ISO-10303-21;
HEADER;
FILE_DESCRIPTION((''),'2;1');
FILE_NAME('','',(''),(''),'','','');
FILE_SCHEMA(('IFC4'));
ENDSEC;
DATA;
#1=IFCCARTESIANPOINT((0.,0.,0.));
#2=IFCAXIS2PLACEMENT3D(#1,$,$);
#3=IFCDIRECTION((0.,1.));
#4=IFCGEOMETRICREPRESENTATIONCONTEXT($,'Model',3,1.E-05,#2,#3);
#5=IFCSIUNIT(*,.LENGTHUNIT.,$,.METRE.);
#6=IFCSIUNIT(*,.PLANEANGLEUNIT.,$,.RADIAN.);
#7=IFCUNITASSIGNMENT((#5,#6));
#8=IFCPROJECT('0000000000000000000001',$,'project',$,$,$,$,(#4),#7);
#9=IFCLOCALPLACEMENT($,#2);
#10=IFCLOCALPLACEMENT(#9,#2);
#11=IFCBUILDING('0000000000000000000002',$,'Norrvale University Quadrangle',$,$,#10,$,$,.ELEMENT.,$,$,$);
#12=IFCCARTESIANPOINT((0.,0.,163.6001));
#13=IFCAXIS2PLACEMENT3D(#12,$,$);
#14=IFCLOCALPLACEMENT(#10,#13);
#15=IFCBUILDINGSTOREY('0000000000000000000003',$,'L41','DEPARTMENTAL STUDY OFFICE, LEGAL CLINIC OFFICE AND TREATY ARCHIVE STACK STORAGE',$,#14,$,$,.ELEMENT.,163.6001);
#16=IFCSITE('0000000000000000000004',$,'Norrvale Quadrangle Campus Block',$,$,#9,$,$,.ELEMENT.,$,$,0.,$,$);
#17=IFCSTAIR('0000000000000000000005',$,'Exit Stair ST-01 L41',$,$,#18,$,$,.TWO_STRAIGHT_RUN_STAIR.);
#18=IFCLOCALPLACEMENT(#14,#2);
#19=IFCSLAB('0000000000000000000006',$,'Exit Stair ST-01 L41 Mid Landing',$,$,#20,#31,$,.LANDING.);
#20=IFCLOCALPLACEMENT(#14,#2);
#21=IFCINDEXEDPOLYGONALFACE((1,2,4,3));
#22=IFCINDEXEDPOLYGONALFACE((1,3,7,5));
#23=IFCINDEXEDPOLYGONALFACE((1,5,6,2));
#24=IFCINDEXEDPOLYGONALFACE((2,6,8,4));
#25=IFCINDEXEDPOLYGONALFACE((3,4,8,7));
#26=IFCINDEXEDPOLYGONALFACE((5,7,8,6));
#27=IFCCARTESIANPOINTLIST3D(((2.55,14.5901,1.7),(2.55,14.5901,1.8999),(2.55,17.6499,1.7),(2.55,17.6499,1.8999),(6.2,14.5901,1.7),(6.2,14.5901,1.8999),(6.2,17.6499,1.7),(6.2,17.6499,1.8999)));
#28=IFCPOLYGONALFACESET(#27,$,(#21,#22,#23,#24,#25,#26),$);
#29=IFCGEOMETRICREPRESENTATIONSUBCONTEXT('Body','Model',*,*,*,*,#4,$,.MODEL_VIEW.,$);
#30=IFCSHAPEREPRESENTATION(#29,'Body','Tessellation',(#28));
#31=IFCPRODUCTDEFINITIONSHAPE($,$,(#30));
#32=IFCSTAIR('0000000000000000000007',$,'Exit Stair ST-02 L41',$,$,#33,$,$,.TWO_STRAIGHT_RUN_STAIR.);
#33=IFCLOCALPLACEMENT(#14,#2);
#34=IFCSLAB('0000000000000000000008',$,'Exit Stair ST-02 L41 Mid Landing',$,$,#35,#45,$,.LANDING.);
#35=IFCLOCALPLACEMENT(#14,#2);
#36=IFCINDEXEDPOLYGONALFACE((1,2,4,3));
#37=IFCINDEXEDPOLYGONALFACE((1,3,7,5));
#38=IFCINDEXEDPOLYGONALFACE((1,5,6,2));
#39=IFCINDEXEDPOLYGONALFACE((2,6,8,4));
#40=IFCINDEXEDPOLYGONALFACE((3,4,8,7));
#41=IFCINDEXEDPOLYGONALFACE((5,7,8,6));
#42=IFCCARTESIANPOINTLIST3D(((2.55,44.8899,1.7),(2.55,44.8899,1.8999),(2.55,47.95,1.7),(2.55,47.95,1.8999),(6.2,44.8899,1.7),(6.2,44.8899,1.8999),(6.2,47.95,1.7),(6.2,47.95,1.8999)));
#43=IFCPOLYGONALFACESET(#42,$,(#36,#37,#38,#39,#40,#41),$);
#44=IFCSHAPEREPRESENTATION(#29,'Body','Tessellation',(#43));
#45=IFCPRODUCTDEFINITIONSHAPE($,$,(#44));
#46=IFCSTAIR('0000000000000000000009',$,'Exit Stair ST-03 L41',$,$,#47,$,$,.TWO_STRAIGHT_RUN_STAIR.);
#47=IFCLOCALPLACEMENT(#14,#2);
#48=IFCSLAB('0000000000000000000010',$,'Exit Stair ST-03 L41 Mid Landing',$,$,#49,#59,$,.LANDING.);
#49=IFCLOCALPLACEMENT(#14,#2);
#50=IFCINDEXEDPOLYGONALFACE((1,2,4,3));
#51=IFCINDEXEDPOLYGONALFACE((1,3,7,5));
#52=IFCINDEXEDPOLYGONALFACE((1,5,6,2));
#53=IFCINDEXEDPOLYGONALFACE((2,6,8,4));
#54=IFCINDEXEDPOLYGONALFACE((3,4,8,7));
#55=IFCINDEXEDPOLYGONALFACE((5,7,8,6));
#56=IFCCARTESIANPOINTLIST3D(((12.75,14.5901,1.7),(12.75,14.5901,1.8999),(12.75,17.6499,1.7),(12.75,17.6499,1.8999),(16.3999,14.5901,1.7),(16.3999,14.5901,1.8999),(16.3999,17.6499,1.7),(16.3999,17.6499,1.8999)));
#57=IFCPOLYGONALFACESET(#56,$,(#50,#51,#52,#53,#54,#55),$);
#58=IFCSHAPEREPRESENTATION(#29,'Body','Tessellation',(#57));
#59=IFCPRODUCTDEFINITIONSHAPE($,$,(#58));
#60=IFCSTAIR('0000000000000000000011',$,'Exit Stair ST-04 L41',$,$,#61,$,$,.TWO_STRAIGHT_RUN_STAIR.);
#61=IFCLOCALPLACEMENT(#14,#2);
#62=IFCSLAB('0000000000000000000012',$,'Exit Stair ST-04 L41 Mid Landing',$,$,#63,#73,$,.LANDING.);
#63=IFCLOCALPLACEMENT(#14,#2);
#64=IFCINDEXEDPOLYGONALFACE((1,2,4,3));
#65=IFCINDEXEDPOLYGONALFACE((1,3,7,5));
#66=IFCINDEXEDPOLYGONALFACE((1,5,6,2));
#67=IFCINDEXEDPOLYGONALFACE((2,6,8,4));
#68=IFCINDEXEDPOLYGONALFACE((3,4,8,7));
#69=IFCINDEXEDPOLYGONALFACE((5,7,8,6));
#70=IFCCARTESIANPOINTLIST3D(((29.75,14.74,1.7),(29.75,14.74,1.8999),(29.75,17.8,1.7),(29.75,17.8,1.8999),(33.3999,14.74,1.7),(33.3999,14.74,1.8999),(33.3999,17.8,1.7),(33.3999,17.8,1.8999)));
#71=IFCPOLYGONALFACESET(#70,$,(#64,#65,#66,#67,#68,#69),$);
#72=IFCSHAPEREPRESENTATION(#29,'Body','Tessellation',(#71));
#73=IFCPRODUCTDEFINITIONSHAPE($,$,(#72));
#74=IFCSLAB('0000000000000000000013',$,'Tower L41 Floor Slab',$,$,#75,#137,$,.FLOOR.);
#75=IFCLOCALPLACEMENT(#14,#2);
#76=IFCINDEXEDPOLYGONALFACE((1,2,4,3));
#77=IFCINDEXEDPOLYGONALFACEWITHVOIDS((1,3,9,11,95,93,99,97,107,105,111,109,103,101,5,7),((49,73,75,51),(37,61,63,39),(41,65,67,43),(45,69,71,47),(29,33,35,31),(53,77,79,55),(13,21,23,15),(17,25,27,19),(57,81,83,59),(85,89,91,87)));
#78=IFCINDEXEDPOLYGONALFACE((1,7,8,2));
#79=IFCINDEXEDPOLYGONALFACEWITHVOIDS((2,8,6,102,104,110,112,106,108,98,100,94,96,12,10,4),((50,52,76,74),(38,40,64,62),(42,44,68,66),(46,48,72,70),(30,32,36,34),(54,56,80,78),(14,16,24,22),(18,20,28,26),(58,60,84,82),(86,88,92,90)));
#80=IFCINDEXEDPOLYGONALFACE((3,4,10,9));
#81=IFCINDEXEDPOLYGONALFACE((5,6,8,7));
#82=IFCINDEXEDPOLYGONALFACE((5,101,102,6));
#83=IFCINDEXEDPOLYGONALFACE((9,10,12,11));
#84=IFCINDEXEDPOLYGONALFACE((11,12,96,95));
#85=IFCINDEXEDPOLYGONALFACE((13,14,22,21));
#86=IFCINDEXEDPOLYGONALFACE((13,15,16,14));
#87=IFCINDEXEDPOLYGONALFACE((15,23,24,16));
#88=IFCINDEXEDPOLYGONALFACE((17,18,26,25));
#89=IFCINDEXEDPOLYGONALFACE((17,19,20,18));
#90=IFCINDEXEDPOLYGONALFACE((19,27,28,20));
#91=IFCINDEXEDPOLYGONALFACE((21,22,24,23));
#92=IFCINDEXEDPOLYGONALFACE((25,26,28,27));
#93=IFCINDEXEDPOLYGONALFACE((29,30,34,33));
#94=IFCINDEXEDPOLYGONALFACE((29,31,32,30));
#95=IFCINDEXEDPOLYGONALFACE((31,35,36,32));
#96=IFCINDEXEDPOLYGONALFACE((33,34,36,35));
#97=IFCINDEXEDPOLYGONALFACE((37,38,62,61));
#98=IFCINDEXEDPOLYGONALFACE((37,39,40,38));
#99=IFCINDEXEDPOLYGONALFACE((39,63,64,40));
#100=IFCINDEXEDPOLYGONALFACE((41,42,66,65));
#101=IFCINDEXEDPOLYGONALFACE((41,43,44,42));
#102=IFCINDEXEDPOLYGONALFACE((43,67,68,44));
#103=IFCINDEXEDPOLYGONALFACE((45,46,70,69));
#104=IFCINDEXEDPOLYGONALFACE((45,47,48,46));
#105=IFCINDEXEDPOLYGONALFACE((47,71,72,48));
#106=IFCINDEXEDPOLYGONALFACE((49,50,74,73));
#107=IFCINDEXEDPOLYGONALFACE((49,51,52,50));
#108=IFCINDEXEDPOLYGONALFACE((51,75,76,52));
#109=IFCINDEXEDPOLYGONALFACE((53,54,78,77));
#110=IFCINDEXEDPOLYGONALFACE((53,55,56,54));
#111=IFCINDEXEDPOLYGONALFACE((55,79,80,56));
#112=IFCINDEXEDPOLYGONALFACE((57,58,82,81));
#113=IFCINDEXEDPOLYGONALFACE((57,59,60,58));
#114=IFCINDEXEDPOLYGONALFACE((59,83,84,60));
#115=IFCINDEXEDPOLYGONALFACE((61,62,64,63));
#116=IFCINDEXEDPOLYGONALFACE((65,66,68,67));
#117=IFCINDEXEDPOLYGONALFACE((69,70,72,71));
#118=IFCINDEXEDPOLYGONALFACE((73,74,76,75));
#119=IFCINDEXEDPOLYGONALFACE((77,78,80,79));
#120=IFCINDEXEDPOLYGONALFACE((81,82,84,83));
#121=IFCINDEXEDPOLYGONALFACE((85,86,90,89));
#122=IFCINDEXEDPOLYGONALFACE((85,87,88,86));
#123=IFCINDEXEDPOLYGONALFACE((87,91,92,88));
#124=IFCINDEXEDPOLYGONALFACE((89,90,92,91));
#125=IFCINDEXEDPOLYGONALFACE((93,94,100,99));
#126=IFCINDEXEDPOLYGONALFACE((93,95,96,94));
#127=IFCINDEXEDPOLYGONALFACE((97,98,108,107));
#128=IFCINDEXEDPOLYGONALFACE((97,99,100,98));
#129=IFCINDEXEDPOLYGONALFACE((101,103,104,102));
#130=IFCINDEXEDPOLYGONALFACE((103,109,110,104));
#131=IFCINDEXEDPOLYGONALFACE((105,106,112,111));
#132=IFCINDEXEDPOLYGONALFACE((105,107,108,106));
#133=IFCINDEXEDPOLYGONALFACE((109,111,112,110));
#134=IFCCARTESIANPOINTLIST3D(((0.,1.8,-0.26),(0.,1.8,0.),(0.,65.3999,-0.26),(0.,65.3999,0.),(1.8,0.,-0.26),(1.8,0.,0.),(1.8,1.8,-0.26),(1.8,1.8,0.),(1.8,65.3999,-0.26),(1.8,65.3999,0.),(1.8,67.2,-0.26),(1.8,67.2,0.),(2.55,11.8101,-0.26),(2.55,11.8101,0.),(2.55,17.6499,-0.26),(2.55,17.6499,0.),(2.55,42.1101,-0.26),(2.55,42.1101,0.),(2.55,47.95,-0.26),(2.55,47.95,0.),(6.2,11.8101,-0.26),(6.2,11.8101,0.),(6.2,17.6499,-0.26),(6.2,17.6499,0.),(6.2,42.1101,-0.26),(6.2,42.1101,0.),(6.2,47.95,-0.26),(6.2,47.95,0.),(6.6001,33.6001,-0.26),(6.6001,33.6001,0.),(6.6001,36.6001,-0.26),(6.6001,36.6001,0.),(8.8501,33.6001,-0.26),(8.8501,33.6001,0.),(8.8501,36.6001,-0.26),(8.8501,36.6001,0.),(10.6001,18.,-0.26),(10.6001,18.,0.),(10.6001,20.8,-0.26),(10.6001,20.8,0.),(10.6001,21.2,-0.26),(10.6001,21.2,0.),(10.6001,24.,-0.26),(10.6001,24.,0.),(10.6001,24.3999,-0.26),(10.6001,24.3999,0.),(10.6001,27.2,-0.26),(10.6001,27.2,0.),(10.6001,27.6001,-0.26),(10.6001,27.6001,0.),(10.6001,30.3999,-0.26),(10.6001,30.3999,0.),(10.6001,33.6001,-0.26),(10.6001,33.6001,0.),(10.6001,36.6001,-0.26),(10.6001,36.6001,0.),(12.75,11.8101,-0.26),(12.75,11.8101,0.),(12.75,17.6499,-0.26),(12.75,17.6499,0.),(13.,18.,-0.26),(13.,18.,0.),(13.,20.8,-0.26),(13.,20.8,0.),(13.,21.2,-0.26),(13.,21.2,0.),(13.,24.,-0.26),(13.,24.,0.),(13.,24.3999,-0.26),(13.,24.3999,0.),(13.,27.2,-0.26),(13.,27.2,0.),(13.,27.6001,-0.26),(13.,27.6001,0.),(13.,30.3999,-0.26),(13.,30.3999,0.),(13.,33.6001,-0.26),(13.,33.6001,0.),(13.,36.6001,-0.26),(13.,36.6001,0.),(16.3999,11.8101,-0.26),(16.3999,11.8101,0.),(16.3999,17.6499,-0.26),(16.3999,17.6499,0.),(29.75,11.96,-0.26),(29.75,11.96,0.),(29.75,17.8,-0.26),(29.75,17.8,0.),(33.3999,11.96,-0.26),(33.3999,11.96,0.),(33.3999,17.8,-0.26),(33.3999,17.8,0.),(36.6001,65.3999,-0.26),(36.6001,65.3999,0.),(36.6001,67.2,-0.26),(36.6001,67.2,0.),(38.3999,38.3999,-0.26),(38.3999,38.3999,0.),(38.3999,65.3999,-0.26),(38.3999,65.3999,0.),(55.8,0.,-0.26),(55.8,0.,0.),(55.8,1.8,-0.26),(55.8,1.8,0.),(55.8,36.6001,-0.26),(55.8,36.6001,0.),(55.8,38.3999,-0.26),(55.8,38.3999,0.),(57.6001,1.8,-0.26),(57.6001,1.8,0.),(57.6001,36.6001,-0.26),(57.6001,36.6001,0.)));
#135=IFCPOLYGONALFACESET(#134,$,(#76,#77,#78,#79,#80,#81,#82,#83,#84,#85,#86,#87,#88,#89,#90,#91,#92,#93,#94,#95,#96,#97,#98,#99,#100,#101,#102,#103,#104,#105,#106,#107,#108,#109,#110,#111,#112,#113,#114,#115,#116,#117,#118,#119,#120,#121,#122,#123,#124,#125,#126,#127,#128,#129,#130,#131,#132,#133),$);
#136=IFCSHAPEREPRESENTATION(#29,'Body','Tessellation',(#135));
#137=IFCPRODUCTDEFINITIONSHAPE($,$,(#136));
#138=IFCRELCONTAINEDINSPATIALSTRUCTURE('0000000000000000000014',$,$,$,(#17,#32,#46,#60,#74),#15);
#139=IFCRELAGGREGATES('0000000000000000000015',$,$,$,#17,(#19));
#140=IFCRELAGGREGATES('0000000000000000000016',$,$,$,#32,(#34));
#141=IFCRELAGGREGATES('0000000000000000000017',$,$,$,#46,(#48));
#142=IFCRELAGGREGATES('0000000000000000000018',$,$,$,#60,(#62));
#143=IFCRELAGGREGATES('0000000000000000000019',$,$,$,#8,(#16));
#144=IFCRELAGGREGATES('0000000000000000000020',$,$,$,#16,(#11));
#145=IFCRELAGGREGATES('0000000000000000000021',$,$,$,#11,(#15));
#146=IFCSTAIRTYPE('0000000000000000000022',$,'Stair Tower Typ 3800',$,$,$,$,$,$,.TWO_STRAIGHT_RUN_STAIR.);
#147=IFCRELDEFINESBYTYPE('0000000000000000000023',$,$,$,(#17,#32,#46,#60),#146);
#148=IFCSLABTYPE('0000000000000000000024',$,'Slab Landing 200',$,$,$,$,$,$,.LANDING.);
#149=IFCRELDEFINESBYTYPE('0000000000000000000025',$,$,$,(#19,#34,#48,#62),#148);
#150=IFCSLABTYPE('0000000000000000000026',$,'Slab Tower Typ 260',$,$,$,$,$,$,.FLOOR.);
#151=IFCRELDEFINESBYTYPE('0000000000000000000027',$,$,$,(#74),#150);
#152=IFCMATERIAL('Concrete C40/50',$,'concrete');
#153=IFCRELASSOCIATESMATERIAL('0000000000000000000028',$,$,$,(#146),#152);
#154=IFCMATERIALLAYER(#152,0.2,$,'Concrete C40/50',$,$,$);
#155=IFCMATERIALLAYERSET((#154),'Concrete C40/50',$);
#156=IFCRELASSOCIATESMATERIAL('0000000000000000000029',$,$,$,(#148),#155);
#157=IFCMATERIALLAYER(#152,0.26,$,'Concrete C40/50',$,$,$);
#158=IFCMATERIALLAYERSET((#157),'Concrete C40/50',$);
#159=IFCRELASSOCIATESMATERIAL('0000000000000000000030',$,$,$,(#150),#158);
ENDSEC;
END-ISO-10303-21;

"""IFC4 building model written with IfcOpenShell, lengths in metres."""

from ifc_helpers import new_model, si_unit, direction, frame, origin, place, context, subcontext, project, spatial, polyline, outline, extrude, material, layer, layer_set, type_object, element, aggregate, save


model = new_model("IFC4")

# Units and contexts
model_context = context("Model", 3, precision=1e-05, world=origin(), true_north=direction((0.0, 1.0)))
body_context = subcontext(model_context, "Body", "Model", "MODEL_VIEW")
ifc_project = project(units=[si_unit("LENGTHUNIT", "METRE"), si_unit("PLANEANGLEUNIT", "RADIAN")], contexts=[model_context])

# Site, building, storey
site_placement = place(None, origin())
site = spatial("IfcSite", under=ifc_project, at=site_placement, Name="Norrvale Quadrangle Campus Block", CompositionType="ELEMENT", RefElevation=0.0)
building_placement = place(site_placement, origin())
building = spatial("IfcBuilding", under=site, at=building_placement, Name="Norrvale University Quadrangle", CompositionType="ELEMENT")
storey_placement = place(building_placement, frame((0.0, 0.0, 163.6001)))
storey = spatial("IfcBuildingStorey", under=building, at=storey_placement, Name="L41", Description="DEPARTMENTAL STUDY OFFICE, LEGAL CLINIC OFFICE AND TREATY ARCHIVE STACK STORAGE", CompositionType="ELEMENT", Elevation=163.6001)

# Stairs, slabs
ifc_material_1 = material(Name="Concrete C40/50", Category="concrete")
stair_type = type_object("IfcStairType", Name="Stair Tower Typ 3800", PredefinedType="TWO_STRAIGHT_RUN_STAIR", material=ifc_material_1)
stair_1_placement = place(storey_placement, origin())
stair_1 = element("IfcStair", 1, at=stair_1_placement, inside=storey, type_object=stair_type, Name="Exit Stair ST-01 L41", PredefinedType="TWO_STRAIGHT_RUN_STAIR")
ifc_layer_1 = layer(ifc_material_1, 0.2, Name="Concrete C40/50")
ifc_layer_set_1 = layer_set([ifc_layer_1], Name="Concrete C40/50")
slab_type_1 = type_object("IfcSlabType", Name="Slab Landing 200", PredefinedType="LANDING", material=ifc_layer_set_1)
slab_1_placement = place(storey_placement, frame((0.0, 0.0, 1.7)))
slab_1 = element("IfcSlab", 2, at=slab_1_placement, type_object=slab_type_1, Name="Exit Stair ST-01 L41 Mid Landing", PredefinedType="LANDING", context=body_context, shape_type="SweptSolid", body=[
    extrude(outline(polyline([(2.55, 14.5901), (6.2, 14.5901), (6.2, 17.6499), (2.55, 17.6499), (2.55, 14.5901)])), origin(), (0.0, 0.0, 1.0), 0.2),
])
aggregate(stair_1, [slab_1])
stair_2_placement = place(storey_placement, origin())
stair_2 = element("IfcStair", 3, at=stair_2_placement, inside=storey, type_object=stair_type, Name="Exit Stair ST-02 L41", PredefinedType="TWO_STRAIGHT_RUN_STAIR")
slab_2_placement = place(storey_placement, frame((0.0, 0.0, 1.7)))
slab_2 = element("IfcSlab", 4, at=slab_2_placement, type_object=slab_type_1, Name="Exit Stair ST-02 L41 Mid Landing", PredefinedType="LANDING", context=body_context, shape_type="SweptSolid", body=[
    extrude(outline(polyline([(2.55, 44.8899), (6.2, 44.8899), (6.2, 47.95), (2.55, 47.95), (2.55, 44.8899)])), origin(), (0.0, 0.0, 1.0), 0.2),
])
aggregate(stair_2, [slab_2])
stair_3_placement = place(storey_placement, origin())
stair_3 = element("IfcStair", 5, at=stair_3_placement, inside=storey, type_object=stair_type, Name="Exit Stair ST-03 L41", PredefinedType="TWO_STRAIGHT_RUN_STAIR")
slab_3_placement = place(storey_placement, frame((0.0, 0.0, 1.7)))
slab_3 = element("IfcSlab", 6, at=slab_3_placement, type_object=slab_type_1, Name="Exit Stair ST-03 L41 Mid Landing", PredefinedType="LANDING", context=body_context, shape_type="SweptSolid", body=[
    extrude(outline(polyline([(12.75, 14.5901), (16.3999, 14.5901), (16.3999, 17.6499), (12.75, 17.6499), (12.75, 14.5901)])), origin(), (0.0, 0.0, 1.0), 0.2),
])
aggregate(stair_3, [slab_3])
stair_4_placement = place(storey_placement, origin())
stair_4 = element("IfcStair", 7, at=stair_4_placement, inside=storey, type_object=stair_type, Name="Exit Stair ST-04 L41", PredefinedType="TWO_STRAIGHT_RUN_STAIR")
slab_4_placement = place(storey_placement, frame((0.0, 0.0, 1.7)))
slab_4 = element("IfcSlab", 8, at=slab_4_placement, type_object=slab_type_1, Name="Exit Stair ST-04 L41 Mid Landing", PredefinedType="LANDING", context=body_context, shape_type="SweptSolid", body=[
    extrude(outline(polyline([(29.75, 14.74), (33.3999, 14.74), (33.3999, 17.8), (29.75, 17.8), (29.75, 14.74)])), origin(), (0.0, 0.0, 1.0), 0.2),
])
aggregate(stair_4, [slab_4])

# Slab
ifc_layer_2 = layer(ifc_material_1, 0.26, Name="Concrete C40/50")
ifc_layer_set_2 = layer_set([ifc_layer_2], Name="Concrete C40/50")
slab_type_2 = type_object("IfcSlabType", Name="Slab Tower Typ 260", PredefinedType="FLOOR", material=ifc_layer_set_2)
slab_5_placement = place(storey_placement, frame((0.0, 0.0, -0.26)))
element("IfcSlab", 9, at=slab_5_placement, inside=storey, type_object=slab_type_2, Name="Tower L41 Floor Slab", PredefinedType="FLOOR", context=body_context, shape_type="SweptSolid", body=[
    extrude(outline(polyline([(1.8, 0.0), (55.8, 0.0), (55.8, 1.8), (57.6001, 1.8), (57.6001, 36.6001), (55.8, 36.6001), (55.8, 38.3999), (38.3999, 38.3999), (38.3999, 65.3999), (36.6001, 65.3999), (36.6001, 67.2), (1.8, 67.2), (1.8, 65.3999), (0.0, 65.3999), (0.0, 1.8), (1.8, 1.8), (1.8, 0.0)]), holes=[polyline([(2.55, 11.8101), (6.2, 11.8101), (6.2, 17.6499), (2.55, 17.6499), (2.55, 11.8101)]), polyline([(2.55, 42.1101), (6.2, 42.1101), (6.2, 47.95), (2.55, 47.95), (2.55, 42.1101)]), polyline([(12.75, 11.8101), (16.3999, 11.8101), (16.3999, 17.6499), (12.75, 17.6499), (12.75, 11.8101)]), polyline([(29.75, 11.96), (33.3999, 11.96), (33.3999, 17.8), (29.75, 17.8), (29.75, 11.96)]), polyline([(10.6001, 18.0), (13.0, 18.0), (13.0, 20.8), (10.6001, 20.8), (10.6001, 18.0)]), polyline([(10.6001, 21.2), (13.0, 21.2), (13.0, 24.0), (10.6001, 24.0), (10.6001, 21.2)]), polyline([(10.6001, 24.3999), (13.0, 24.3999), (13.0, 27.2), (10.6001, 27.2), (10.6001, 24.3999)]), polyline([(10.6001, 27.6001), (13.0, 27.6001), (13.0, 30.3999), (10.6001, 30.3999), (10.6001, 27.6001)]), polyline([(6.6001, 33.6001), (8.8501, 33.6001), (8.8501, 36.6001), (6.6001, 36.6001), (6.6001, 33.6001)]), polyline([(10.6001, 33.6001), (13.0, 33.6001), (13.0, 36.6001), (10.6001, 36.6001), (10.6001, 33.6001)])]), origin(), (0.0, 0.0, 1.0), 0.26),
])

save(model, "model.ifc")
